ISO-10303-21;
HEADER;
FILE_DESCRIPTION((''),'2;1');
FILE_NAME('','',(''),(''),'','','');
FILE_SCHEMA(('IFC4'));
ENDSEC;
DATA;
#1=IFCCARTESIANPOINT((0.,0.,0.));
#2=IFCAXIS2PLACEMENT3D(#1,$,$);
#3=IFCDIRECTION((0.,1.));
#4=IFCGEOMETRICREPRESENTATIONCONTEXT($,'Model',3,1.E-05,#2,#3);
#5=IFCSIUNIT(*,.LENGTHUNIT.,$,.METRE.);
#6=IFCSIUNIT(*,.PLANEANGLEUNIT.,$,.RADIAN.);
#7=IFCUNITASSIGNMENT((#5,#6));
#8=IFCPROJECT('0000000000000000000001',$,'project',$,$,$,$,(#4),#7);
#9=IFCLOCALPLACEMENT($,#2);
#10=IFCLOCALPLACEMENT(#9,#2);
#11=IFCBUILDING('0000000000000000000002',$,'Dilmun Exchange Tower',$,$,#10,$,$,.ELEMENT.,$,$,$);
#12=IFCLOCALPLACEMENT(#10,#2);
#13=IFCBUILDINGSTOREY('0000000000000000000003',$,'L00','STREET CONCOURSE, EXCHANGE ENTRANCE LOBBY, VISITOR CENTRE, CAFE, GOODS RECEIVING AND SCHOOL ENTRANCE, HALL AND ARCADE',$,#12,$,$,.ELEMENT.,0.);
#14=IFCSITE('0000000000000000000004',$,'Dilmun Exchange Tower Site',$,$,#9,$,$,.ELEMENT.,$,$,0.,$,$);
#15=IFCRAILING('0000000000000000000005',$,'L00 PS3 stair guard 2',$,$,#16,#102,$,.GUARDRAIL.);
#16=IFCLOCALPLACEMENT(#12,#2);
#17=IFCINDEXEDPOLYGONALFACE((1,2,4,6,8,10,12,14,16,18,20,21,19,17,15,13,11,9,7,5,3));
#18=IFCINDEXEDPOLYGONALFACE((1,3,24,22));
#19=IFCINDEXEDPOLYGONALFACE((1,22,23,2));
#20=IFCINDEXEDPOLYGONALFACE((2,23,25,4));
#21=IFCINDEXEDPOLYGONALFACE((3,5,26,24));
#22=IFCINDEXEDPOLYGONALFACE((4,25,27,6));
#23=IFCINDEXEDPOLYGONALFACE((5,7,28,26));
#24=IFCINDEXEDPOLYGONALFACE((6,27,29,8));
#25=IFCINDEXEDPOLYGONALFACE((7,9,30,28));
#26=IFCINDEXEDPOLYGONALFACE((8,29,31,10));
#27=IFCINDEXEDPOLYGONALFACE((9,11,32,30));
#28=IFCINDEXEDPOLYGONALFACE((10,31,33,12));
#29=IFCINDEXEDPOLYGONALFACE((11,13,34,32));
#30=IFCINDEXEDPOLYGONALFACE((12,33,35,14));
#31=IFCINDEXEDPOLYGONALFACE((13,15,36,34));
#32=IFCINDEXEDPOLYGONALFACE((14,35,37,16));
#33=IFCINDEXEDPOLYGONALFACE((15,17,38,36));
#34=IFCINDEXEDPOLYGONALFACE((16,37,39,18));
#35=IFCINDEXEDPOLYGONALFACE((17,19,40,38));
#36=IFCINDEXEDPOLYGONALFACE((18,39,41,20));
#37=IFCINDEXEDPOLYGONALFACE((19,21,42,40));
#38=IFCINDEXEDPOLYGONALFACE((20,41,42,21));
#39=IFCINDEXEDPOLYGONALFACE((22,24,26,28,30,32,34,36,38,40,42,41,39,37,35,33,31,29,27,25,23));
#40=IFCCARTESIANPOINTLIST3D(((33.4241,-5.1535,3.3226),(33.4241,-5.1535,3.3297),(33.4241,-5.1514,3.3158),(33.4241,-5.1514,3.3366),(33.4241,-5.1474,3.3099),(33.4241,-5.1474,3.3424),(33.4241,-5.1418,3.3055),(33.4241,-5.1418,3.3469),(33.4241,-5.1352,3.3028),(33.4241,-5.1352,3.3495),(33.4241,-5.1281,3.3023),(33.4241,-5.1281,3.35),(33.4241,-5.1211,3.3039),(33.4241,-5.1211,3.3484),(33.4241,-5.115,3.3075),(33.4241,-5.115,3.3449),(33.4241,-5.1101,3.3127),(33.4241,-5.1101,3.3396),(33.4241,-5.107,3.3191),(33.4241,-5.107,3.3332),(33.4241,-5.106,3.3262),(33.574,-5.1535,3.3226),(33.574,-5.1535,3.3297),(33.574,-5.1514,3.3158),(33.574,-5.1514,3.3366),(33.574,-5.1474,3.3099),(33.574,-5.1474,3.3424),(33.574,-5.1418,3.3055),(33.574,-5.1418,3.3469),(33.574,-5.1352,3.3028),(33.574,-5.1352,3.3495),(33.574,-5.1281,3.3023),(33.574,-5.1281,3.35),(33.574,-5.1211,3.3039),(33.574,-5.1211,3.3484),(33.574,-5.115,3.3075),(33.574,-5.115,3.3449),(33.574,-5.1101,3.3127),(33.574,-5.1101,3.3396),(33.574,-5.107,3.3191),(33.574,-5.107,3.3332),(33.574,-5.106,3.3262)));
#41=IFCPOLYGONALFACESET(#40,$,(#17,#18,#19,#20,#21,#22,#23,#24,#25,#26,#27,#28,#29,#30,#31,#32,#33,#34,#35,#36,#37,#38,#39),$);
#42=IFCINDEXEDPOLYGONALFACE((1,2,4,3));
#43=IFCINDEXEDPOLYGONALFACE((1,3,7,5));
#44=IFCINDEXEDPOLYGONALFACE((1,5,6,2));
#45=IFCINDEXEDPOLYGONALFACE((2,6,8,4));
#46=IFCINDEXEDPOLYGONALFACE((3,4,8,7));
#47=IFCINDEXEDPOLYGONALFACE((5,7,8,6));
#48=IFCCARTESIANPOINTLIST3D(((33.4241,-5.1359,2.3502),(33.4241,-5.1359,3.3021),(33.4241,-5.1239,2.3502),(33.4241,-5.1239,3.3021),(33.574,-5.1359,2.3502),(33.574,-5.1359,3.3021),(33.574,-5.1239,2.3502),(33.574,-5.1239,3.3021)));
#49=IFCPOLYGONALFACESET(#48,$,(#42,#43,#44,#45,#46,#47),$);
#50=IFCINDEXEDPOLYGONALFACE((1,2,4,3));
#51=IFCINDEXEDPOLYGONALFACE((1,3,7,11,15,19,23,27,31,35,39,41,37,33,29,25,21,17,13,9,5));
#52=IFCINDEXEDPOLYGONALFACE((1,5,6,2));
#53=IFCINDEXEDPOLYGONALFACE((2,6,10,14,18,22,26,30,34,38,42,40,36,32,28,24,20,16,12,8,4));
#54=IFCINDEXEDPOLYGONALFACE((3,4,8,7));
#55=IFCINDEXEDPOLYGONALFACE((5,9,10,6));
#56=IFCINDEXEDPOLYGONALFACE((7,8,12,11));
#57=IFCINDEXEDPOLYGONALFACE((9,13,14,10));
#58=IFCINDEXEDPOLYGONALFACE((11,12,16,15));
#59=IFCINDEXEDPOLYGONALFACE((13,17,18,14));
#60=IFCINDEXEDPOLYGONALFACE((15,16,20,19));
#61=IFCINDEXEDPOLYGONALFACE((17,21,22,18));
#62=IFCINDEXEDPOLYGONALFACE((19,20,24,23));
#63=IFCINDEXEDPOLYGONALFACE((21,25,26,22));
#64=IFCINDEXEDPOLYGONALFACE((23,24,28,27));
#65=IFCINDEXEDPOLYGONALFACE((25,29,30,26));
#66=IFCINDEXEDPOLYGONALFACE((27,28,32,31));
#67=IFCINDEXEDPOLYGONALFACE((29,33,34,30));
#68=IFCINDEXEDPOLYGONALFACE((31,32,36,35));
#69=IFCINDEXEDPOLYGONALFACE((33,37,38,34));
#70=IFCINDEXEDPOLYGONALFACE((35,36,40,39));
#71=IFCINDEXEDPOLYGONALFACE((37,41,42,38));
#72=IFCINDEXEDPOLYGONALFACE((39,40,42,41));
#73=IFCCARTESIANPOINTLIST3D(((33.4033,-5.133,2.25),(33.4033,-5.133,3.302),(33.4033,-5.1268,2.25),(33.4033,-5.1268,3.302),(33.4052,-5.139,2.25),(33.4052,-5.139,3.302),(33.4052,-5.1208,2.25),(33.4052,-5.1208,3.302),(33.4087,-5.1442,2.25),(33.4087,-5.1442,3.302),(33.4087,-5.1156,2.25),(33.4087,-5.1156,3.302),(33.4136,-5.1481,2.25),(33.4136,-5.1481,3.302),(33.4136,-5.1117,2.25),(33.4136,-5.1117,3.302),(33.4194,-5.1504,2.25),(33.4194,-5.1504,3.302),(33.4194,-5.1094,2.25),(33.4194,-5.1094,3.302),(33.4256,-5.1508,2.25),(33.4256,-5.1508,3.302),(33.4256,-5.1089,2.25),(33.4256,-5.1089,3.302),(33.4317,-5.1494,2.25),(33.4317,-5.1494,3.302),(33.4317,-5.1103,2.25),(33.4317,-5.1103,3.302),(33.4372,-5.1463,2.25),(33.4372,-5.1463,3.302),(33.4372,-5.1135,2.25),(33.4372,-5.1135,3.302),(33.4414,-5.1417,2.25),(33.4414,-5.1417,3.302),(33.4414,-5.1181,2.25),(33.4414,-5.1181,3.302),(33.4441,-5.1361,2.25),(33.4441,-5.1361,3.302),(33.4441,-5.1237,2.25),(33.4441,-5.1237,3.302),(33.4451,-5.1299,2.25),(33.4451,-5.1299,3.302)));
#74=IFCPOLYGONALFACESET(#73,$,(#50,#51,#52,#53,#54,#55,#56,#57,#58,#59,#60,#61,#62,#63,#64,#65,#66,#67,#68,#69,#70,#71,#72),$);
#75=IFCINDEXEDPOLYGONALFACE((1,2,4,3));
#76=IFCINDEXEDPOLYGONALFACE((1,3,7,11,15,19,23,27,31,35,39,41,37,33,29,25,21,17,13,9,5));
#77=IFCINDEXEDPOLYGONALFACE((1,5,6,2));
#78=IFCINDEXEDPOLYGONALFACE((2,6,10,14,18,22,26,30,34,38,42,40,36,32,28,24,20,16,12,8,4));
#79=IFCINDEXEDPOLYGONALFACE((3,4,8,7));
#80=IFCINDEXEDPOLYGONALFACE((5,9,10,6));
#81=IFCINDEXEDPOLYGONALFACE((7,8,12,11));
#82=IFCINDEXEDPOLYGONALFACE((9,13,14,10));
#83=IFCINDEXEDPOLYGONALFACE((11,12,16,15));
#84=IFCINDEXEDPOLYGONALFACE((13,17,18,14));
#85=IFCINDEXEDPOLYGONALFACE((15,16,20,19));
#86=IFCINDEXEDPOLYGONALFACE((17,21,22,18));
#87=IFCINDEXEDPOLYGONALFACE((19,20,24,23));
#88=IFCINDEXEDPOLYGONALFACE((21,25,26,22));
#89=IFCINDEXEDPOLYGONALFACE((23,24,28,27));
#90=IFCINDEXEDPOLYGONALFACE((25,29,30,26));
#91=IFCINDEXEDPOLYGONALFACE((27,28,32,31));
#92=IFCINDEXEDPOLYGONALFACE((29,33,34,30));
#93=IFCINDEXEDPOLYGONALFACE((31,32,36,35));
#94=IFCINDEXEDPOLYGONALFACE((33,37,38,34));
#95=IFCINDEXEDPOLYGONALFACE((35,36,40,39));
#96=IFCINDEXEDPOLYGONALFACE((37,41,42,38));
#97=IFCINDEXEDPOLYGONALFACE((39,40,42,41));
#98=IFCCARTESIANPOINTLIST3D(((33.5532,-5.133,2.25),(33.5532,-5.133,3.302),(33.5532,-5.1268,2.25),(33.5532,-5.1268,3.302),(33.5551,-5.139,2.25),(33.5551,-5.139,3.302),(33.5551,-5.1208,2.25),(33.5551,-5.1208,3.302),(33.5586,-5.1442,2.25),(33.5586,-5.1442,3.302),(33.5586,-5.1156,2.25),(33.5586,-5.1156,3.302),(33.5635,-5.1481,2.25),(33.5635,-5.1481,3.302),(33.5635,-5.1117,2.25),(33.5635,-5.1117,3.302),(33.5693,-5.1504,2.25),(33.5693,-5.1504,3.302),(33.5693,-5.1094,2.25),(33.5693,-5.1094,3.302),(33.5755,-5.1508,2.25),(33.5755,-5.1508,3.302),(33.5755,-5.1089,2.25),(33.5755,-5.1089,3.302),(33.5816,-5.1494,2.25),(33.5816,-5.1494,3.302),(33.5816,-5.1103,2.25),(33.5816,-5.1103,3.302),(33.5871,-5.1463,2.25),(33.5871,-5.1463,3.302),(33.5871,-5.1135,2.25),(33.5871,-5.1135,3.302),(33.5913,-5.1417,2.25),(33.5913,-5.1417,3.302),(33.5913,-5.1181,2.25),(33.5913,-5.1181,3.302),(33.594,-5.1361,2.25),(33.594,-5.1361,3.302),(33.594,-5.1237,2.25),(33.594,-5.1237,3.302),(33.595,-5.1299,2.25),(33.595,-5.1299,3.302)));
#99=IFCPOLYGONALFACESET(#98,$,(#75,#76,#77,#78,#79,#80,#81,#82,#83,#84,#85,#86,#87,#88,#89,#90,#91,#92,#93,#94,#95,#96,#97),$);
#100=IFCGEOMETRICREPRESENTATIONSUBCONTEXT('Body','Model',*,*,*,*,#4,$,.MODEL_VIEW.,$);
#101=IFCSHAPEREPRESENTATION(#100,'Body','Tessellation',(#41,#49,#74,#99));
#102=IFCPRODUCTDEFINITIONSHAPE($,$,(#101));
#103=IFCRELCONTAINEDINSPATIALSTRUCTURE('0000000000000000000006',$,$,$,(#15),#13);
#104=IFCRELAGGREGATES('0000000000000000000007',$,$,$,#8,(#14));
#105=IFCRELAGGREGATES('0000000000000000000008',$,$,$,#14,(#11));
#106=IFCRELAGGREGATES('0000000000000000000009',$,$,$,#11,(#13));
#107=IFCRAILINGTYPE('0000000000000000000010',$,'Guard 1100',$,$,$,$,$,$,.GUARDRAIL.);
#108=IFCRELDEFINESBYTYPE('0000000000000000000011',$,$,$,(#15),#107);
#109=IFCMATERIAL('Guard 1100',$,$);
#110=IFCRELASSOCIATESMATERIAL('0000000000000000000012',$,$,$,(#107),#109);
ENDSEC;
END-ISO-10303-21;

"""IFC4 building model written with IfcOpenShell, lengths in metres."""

from ifc_helpers import new_model, si_unit, direction, frame, origin, origin_2d, place, context, subcontext, project, spatial, rectangle, circle, extrude, material, type_object, element, save


model = new_model("IFC4")

# Units and contexts
model_context = context("Model", 3, precision=1e-05, world=origin(), true_north=direction((0.0, 1.0)))
body_context = subcontext(model_context, "Body", "Model", "MODEL_VIEW")
ifc_project = project(units=[si_unit("LENGTHUNIT", "METRE"), si_unit("PLANEANGLEUNIT", "RADIAN")], contexts=[model_context])

# Site, building, storey
site_placement = place(None, origin())
site = spatial("IfcSite", under=ifc_project, at=site_placement, Name="Dilmun Exchange Tower Site", CompositionType="ELEMENT", RefElevation=0.0)
building_placement = place(site_placement, origin())
building = spatial("IfcBuilding", under=site, at=building_placement, Name="Dilmun Exchange Tower", CompositionType="ELEMENT")
storey_placement = place(building_placement, origin())
storey = spatial("IfcBuildingStorey", under=building, at=storey_placement, Name="L00", Description="STREET CONCOURSE, EXCHANGE ENTRANCE LOBBY, VISITOR CENTRE, CAFE, GOODS RECEIVING AND SCHOOL ENTRANCE, HALL AND ARCADE", CompositionType="ELEMENT", Elevation=0.0)

# Railing
ifc_material_1 = material(Name="Guard 1100")
railing_type_1 = type_object("IfcRailingType", Name="Guard 1100", PredefinedType="GUARDRAIL", material=ifc_material_1)
railing_1_placement = place(storey_placement, frame((33.4241, -5.1299, 2.25)))
element("IfcRailing", 1, at=railing_1_placement, inside=storey, type_object=railing_type_1, Name="L00 PS3 stair guard 2", PredefinedType="GUARDRAIL", context=body_context, shape_type="SweptSolid", body=[
    extrude(circle(Radius=0.0239, at=origin_2d()), frame((0.0, 0.0, 1.0762), z_axis=(1.0, 0.0, 0.0), x_axis=(0.0, 1.0, 0.0)), (0.0, 0.0, 1.0), 0.1499),
    extrude(rectangle(XDim=0.012, YDim=0.9519, at=origin_2d()), frame((0.0, 0.0, 0.5762), z_axis=(1.0, 0.0, 0.0), x_axis=(0.0, 1.0, 0.0)), (0.0, 0.0, 1.0), 0.1499),
    extrude(circle(Radius=0.021, at=origin_2d()), origin(), (0.0, 0.0, 1.0), 1.052),
    extrude(circle(Radius=0.021, at=origin_2d()), frame((0.1499, 0.0, 0.0)), (0.0, 0.0, 1.0), 1.052),
])

save(model, "model.ifc")
